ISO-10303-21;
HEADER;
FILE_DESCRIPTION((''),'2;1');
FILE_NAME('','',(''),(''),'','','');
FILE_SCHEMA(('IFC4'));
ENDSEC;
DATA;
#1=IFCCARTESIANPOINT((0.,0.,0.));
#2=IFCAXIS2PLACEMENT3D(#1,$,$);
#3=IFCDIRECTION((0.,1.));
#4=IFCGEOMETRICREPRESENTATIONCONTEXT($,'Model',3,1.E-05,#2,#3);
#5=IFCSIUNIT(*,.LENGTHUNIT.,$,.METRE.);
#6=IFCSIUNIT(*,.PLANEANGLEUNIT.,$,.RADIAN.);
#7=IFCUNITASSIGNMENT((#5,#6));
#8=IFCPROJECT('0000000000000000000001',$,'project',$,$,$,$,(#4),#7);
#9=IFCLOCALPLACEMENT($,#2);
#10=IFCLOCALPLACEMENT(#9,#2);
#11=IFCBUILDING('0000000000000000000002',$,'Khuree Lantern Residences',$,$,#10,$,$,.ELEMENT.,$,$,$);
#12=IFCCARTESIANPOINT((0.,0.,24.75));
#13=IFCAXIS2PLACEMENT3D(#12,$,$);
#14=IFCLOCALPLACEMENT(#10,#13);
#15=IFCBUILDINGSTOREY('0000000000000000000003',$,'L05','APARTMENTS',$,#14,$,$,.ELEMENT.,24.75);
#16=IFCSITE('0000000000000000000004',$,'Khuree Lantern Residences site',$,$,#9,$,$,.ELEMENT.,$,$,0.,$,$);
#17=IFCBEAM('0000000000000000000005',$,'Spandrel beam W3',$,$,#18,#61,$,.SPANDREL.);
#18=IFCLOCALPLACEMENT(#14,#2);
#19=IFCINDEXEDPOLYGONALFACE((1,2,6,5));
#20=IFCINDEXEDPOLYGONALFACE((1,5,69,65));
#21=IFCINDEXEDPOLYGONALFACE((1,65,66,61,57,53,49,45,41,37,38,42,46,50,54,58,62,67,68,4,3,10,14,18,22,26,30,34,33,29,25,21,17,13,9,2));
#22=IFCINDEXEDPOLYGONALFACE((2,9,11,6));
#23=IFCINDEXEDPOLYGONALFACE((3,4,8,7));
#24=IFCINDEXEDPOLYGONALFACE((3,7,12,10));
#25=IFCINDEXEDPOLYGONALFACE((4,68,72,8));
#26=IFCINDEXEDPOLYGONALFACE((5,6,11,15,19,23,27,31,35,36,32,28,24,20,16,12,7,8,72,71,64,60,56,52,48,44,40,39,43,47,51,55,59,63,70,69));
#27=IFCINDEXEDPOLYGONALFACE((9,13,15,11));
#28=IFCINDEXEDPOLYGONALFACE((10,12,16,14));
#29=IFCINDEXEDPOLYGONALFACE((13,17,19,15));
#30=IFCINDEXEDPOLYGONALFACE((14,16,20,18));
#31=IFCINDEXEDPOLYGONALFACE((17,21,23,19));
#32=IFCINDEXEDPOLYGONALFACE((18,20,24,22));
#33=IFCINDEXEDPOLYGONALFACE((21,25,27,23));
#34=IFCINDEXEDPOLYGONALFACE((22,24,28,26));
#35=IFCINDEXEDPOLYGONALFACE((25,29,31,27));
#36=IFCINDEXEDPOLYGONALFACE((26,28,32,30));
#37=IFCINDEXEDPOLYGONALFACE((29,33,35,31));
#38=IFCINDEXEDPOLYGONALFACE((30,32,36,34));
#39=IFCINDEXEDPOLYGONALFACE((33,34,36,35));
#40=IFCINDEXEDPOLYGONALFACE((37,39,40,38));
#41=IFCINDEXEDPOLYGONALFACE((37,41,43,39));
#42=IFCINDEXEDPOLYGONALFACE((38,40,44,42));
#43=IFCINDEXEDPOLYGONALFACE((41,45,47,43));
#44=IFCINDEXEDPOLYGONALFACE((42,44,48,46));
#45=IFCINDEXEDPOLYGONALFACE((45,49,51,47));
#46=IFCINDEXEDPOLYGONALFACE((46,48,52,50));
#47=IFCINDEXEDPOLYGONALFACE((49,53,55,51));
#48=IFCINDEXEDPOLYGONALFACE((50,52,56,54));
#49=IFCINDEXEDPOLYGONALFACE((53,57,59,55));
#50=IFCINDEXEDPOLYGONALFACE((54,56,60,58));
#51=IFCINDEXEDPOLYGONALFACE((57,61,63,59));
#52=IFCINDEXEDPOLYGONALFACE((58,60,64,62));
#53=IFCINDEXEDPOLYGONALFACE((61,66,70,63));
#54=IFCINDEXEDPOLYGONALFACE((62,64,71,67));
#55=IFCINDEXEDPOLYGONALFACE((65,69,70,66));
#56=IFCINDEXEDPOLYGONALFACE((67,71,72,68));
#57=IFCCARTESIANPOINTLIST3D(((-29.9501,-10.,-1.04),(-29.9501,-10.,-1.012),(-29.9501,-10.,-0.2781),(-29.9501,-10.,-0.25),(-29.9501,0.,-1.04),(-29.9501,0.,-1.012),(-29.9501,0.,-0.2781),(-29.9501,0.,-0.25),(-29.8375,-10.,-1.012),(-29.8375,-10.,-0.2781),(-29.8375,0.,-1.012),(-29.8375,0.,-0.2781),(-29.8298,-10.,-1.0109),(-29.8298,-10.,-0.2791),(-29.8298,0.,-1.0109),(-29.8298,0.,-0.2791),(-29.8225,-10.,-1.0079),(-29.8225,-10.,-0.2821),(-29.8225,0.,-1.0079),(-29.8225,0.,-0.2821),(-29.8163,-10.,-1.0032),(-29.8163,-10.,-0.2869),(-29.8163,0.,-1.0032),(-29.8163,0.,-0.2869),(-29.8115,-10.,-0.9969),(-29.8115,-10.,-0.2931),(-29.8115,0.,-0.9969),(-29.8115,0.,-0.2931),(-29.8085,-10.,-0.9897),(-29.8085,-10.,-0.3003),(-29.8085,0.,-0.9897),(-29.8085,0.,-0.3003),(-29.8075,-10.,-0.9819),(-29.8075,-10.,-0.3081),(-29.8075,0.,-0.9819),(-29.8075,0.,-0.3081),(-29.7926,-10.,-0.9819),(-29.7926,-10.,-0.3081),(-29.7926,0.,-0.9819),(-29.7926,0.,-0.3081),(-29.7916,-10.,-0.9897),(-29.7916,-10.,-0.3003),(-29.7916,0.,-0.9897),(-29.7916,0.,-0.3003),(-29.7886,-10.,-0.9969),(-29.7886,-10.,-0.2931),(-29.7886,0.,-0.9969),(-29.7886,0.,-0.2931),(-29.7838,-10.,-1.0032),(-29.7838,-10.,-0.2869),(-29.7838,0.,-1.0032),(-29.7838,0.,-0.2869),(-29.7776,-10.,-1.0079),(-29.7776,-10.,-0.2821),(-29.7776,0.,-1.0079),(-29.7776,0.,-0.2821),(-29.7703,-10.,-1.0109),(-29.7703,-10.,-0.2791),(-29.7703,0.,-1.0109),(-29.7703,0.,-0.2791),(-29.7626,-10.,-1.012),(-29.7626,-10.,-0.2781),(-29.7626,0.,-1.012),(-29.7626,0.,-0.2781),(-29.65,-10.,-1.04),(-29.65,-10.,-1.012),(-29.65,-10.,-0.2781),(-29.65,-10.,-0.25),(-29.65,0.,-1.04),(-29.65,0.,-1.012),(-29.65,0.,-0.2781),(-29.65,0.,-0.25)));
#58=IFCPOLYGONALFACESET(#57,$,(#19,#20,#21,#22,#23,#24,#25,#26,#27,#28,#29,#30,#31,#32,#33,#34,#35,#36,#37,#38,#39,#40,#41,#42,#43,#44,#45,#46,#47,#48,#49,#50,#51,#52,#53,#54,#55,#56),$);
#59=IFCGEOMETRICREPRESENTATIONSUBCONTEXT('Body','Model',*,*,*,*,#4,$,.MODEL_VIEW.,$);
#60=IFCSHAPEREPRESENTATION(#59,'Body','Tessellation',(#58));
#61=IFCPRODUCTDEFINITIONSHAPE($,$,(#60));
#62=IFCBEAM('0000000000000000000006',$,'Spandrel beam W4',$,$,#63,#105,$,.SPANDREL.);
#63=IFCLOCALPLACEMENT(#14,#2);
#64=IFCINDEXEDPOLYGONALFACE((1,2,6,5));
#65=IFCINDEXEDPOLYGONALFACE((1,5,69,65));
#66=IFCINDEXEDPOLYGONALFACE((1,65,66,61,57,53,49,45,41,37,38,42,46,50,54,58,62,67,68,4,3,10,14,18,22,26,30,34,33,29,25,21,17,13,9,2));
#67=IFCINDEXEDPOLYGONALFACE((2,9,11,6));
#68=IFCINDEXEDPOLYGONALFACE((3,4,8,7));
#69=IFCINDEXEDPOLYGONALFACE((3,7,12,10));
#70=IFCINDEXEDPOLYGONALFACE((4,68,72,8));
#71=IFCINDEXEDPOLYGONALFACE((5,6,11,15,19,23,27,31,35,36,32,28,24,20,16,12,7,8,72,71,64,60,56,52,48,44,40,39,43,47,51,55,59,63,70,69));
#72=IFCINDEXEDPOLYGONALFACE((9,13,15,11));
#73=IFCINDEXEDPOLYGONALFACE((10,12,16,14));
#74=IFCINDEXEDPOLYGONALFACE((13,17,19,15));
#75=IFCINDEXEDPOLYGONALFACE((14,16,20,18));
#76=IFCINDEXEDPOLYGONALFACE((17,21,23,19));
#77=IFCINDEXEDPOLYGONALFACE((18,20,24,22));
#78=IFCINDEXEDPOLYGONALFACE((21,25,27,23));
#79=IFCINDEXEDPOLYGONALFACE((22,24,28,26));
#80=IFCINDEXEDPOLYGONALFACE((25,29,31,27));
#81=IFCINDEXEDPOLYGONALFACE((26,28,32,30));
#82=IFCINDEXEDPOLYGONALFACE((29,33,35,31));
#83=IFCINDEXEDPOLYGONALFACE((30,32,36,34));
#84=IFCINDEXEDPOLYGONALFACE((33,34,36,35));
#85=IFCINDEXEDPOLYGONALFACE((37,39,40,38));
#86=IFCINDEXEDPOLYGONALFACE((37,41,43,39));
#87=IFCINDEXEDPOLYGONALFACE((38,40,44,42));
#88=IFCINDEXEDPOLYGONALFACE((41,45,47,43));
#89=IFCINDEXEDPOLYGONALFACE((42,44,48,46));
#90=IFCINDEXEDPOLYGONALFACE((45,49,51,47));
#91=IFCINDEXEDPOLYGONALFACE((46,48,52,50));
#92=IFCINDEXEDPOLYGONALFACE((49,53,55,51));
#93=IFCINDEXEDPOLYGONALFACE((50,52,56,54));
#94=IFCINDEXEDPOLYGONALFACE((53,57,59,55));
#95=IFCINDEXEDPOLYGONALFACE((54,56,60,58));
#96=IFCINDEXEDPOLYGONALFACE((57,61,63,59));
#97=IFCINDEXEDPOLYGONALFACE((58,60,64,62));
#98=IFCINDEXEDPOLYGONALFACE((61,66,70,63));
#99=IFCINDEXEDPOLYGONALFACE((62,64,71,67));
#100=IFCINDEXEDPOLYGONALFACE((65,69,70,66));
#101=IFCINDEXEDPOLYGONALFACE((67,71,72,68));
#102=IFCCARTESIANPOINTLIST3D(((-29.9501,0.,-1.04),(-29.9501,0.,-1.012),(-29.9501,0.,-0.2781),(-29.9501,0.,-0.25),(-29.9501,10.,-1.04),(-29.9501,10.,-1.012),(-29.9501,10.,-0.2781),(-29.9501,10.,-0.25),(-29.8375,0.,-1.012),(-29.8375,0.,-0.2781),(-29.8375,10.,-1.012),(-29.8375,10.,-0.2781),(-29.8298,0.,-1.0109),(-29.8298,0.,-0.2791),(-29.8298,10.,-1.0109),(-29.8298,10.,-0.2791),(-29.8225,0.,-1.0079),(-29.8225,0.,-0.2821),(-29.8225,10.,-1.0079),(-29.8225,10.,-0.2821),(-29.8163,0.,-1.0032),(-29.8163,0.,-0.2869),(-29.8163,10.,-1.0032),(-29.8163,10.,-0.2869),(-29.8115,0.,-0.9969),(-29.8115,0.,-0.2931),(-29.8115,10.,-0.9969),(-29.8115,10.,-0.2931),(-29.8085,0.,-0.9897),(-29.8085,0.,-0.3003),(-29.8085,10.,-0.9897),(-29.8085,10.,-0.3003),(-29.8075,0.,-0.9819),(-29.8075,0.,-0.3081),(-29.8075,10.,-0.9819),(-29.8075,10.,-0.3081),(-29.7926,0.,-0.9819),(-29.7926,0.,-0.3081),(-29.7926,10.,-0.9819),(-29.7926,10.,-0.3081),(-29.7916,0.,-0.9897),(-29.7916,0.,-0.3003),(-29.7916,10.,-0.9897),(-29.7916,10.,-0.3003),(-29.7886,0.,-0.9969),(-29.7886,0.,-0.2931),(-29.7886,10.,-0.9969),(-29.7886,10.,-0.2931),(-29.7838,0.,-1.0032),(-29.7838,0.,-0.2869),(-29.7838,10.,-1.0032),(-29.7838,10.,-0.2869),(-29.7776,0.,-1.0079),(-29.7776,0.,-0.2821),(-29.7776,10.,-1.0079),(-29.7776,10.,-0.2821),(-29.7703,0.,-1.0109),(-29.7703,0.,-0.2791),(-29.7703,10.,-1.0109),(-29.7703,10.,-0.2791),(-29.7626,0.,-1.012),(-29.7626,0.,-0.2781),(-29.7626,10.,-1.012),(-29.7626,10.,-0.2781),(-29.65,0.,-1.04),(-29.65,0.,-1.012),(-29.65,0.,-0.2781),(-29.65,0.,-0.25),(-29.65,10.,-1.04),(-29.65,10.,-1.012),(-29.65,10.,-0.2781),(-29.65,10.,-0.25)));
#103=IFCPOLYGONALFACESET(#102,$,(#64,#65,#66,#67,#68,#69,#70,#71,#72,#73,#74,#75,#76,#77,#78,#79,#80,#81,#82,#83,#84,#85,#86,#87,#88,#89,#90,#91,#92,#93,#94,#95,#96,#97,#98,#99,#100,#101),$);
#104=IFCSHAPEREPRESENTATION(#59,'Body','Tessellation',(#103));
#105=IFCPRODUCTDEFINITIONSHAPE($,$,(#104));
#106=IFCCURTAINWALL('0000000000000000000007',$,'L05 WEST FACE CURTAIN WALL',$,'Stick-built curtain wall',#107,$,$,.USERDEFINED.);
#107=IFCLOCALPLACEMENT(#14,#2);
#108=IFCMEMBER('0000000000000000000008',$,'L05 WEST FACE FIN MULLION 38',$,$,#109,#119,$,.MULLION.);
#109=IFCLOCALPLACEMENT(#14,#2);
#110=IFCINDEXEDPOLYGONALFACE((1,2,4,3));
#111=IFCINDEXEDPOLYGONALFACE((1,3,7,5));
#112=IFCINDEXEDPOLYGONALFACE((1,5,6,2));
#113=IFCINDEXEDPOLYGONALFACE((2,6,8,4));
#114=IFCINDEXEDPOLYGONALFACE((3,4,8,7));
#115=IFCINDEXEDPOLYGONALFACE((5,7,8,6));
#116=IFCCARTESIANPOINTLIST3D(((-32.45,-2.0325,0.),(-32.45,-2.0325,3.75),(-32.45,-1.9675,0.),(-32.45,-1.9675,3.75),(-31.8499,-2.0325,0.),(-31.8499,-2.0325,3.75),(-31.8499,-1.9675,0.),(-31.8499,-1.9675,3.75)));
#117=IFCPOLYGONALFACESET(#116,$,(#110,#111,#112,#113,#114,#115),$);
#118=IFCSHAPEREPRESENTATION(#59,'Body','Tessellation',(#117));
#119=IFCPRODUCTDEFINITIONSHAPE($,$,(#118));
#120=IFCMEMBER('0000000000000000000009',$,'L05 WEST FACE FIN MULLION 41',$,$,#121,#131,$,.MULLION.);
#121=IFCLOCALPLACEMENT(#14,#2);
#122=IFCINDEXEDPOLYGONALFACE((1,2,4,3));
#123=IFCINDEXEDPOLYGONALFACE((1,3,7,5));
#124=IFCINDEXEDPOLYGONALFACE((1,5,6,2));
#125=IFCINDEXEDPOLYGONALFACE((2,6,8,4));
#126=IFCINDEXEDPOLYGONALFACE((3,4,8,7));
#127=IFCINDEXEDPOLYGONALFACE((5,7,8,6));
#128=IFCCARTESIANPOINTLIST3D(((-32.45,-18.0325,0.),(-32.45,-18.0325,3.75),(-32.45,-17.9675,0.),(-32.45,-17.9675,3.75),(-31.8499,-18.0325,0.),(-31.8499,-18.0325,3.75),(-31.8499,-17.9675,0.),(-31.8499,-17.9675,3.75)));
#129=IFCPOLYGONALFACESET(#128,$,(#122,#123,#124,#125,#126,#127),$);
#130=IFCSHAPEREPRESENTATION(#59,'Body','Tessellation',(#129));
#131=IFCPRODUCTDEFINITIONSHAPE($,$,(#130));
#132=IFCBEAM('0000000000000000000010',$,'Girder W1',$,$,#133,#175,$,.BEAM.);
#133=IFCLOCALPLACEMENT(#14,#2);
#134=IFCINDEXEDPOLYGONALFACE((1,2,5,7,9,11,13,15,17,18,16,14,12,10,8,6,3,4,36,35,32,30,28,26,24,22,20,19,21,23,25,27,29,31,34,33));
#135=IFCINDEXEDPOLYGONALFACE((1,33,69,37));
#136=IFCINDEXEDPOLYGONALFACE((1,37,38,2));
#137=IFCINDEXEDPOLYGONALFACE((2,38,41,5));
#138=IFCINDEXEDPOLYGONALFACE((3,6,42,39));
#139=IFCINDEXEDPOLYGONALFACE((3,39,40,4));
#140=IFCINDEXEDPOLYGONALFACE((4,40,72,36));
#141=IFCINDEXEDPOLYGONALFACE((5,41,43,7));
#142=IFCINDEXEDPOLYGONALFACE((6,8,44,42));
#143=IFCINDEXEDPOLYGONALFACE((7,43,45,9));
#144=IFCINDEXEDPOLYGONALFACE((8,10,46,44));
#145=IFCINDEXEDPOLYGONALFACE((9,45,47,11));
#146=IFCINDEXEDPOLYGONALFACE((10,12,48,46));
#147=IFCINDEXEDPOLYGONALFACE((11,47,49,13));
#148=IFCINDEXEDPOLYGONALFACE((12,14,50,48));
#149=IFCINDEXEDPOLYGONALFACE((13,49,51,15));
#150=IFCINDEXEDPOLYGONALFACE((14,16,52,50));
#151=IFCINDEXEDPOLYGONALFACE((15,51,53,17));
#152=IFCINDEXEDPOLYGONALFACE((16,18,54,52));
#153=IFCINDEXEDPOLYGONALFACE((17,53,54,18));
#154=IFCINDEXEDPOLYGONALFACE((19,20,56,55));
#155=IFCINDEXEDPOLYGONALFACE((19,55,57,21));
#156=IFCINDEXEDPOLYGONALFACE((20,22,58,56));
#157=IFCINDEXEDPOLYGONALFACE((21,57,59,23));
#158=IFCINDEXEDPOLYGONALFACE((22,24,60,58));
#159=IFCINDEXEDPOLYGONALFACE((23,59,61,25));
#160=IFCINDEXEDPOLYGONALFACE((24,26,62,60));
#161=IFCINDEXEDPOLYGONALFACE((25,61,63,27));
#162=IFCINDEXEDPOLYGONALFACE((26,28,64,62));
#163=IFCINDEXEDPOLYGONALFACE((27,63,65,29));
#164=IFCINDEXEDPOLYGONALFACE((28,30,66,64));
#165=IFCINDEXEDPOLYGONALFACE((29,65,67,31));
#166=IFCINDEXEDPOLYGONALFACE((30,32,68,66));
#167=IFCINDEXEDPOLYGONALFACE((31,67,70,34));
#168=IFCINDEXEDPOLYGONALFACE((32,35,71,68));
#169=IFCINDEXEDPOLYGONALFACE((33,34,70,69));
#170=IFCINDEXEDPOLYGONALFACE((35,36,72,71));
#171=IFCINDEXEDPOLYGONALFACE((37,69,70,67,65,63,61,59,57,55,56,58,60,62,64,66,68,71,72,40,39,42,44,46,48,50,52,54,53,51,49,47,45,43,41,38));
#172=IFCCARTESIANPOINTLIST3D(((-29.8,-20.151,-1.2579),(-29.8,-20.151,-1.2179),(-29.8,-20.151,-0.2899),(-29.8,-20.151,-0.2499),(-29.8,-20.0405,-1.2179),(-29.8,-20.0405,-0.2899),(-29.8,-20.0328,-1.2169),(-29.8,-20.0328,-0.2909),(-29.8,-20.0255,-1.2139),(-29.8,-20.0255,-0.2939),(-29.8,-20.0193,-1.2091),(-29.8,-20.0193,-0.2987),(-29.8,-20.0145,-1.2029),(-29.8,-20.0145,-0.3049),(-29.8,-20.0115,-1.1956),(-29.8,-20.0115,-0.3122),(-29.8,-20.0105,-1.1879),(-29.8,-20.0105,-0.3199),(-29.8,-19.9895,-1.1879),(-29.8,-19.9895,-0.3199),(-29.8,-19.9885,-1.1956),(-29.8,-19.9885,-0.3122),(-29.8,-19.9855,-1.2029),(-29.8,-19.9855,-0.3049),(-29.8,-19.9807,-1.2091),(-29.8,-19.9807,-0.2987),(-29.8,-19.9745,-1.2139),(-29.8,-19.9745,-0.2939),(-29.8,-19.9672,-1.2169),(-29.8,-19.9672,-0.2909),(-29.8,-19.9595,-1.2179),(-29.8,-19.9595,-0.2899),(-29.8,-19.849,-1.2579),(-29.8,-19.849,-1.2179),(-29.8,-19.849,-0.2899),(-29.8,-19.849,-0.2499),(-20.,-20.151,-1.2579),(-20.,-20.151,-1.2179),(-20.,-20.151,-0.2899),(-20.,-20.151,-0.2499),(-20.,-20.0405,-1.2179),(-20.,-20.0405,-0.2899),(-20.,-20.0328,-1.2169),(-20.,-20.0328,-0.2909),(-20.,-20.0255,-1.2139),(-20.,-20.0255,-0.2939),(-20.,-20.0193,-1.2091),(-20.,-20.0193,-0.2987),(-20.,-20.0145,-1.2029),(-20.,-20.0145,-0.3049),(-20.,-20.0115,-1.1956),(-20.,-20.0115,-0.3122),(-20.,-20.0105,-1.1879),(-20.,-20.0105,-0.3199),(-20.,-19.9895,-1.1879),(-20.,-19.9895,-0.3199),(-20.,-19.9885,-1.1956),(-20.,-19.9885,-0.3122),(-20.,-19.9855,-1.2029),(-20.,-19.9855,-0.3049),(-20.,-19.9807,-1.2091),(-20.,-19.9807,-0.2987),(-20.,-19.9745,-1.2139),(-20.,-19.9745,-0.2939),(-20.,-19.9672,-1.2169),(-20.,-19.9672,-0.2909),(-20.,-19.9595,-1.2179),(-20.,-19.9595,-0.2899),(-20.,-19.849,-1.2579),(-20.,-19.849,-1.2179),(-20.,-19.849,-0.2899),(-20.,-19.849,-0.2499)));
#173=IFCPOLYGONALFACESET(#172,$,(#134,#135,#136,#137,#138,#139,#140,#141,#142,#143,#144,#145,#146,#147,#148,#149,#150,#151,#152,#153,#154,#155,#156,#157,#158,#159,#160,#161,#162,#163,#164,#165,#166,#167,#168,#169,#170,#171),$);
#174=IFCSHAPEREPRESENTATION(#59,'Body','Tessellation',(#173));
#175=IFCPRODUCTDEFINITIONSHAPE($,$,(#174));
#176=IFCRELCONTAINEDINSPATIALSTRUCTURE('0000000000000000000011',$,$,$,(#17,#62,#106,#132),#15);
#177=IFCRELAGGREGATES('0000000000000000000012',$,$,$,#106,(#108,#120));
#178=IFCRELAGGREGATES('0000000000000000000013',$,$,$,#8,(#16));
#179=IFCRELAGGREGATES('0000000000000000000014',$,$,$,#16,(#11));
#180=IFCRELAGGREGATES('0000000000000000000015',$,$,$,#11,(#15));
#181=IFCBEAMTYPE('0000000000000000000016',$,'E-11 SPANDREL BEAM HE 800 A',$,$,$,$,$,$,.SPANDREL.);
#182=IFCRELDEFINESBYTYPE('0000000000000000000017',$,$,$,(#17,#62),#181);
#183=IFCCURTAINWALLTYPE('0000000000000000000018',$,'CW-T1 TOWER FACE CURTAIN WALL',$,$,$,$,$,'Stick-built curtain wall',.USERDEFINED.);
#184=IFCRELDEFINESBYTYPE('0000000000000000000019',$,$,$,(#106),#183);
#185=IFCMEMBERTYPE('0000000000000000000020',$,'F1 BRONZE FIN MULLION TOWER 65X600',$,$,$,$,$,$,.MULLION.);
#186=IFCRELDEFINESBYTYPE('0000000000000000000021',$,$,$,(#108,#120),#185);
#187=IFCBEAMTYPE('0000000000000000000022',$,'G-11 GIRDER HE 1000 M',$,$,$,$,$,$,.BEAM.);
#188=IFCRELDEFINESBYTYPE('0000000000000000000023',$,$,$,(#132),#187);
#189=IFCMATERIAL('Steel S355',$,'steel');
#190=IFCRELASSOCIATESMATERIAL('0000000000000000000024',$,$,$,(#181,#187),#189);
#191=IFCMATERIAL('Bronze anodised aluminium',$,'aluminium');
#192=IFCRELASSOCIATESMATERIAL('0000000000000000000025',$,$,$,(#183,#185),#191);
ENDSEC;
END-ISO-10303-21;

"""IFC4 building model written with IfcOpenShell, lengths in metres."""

from ifc_helpers import new_model, si_unit, direction, frame, origin, origin_2d, place, context, subcontext, project, spatial, rectangle, i_section, extrude, material, material_profile, profile_set, type_object, element, aggregate, save


model = new_model("IFC4")

# Units and contexts
model_context = context("Model", 3, precision=1e-05, world=origin(), true_north=direction((0.0, 1.0)))
body_context = subcontext(model_context, "Body", "Model", "MODEL_VIEW")
ifc_project = project(units=[si_unit("LENGTHUNIT", "METRE"), si_unit("PLANEANGLEUNIT", "RADIAN")], contexts=[model_context])

# Site, building, storey
site_placement = place(None, origin())
site = spatial("IfcSite", under=ifc_project, at=site_placement, Name="Khuree Lantern Residences site", CompositionType="ELEMENT", RefElevation=0.0)
building_placement = place(site_placement, origin())
building = spatial("IfcBuilding", under=site, at=building_placement, Name="Khuree Lantern Residences", CompositionType="ELEMENT")
storey_placement = place(building_placement, frame((0.0, 0.0, 24.75)))
storey = spatial("IfcBuildingStorey", under=building, at=storey_placement, Name="L05", Description="APARTMENTS", CompositionType="ELEMENT", Elevation=24.75)

# Beams
ifc_material_1 = material(Name="Steel S355", Category="steel")
ifc_material_profile_1 = material_profile(ifc_material_1, i_section(OverallWidth=0.3, OverallDepth=0.79, WebThickness=0.0149, FlangeThickness=0.0281, FilletRadius=0.03, at=origin_2d()), Name="HE 800 A")
ifc_profile_set_1 = profile_set([ifc_material_profile_1], Name="Steel S355")
beam_type_1 = type_object("IfcBeamType", Name="E-11 SPANDREL BEAM HE 800 A", PredefinedType="SPANDREL", material=ifc_profile_set_1)
for number, where, z_axis, x_axis, name in (
    (1, (-29.8, -10.0, -0.645), (0.0, 1.0, 0.0), (-1.0, 0.0, 0.0), "Spandrel beam W3"),
    (2, (-29.8, 0.0, -0.645), (0.0, 1.0, 0.0), (-1.0, 0.0, 0.0), "Spandrel beam W4"),
):
    element("IfcBeam", number, at=place(storey_placement, frame(where, z_axis=z_axis, x_axis=x_axis)), inside=storey, type_object=beam_type_1, Name=name, PredefinedType="SPANDREL", context=body_context, shape_type="SweptSolid", body=[
        extrude(i_section(OverallWidth=0.3, OverallDepth=0.79, WebThickness=0.0149, FlangeThickness=0.0281, FilletRadius=0.03, at=origin_2d()), origin(), (0.0, 0.0, 1.0), 10.0),
    ])

# Curtain wall, members
ifc_material_2 = material(Name="Bronze anodised aluminium", Category="aluminium")
curtain_wall_type = type_object("IfcCurtainWallType", Name="CW-T1 TOWER FACE CURTAIN WALL", ElementType="Stick-built curtain wall", PredefinedType="USERDEFINED", material=ifc_material_2)
curtain_wall_placement = place(storey_placement, origin())
curtain_wall = element("IfcCurtainWall", 3, at=curtain_wall_placement, inside=storey, type_object=curtain_wall_type, Name="L05 WEST FACE CURTAIN WALL", ObjectType="Stick-built curtain wall", PredefinedType="USERDEFINED")
ifc_material_profile_2 = material_profile(ifc_material_2, rectangle(XDim=0.0649, YDim=0.6001, at=origin_2d()), Name="F1 65X600")
ifc_profile_set_2 = profile_set([ifc_material_profile_2], Name="Bronze anodised aluminium")
member_type_1 = type_object("IfcMemberType", Name="F1 BRONZE FIN MULLION TOWER 65X600", PredefinedType="MULLION", material=ifc_profile_set_2)
member_1_placement = place(storey_placement, frame((-32.1499, -2.0, 0.0), z_axis=(0.0, 0.0, 1.0), x_axis=(0.0, -1.0, 0.0)))
member_1 = element("IfcMember", 4, at=member_1_placement, type_object=member_type_1, Name="L05 WEST FACE FIN MULLION 38", PredefinedType="MULLION", context=body_context, shape_type="SweptSolid", body=[
    extrude(rectangle(XDim=0.0649, YDim=0.6001, at=origin_2d()), origin(), (0.0, 0.0, 1.0), 3.75),
])
member_2_placement = place(storey_placement, frame((-32.1499, -18.0, 0.0), z_axis=(0.0, 0.0, 1.0), x_axis=(0.0, -1.0, 0.0)))
member_2 = element("IfcMember", 5, at=member_2_placement, type_object=member_type_1, Name="L05 WEST FACE FIN MULLION 41", PredefinedType="MULLION", context=body_context, shape_type="SweptSolid", body=[
    extrude(rectangle(XDim=0.0649, YDim=0.6001, at=origin_2d()), origin(), (0.0, 0.0, 1.0), 3.75),
])

# Beam
ifc_material_profile_3 = material_profile(ifc_material_1, i_section(OverallWidth=0.302, OverallDepth=1.0081, WebThickness=0.021, FlangeThickness=0.04, FilletRadius=0.03, at=origin_2d()), Name="HE 1000 M")
ifc_profile_set_3 = profile_set([ifc_material_profile_3], Name="Steel S355")
beam_type_2 = type_object("IfcBeamType", Name="G-11 GIRDER HE 1000 M", PredefinedType="BEAM", material=ifc_profile_set_3)
beam_placement = place(storey_placement, frame((-29.8, -20.0, -0.7539), z_axis=(1.0, 0.0, 0.0), x_axis=(0.0, 1.0, 0.0)))
element("IfcBeam", 6, at=beam_placement, inside=storey, type_object=beam_type_2, Name="Girder W1", PredefinedType="BEAM", context=body_context, shape_type="SweptSolid", body=[
    extrude(i_section(OverallWidth=0.302, OverallDepth=1.0081, WebThickness=0.021, FlangeThickness=0.04, FilletRadius=0.03, at=origin_2d()), origin(), (0.0, 0.0, 1.0), 9.8),
])

aggregate(curtain_wall, [member_1, member_2])

save(model, "model.ifc")
